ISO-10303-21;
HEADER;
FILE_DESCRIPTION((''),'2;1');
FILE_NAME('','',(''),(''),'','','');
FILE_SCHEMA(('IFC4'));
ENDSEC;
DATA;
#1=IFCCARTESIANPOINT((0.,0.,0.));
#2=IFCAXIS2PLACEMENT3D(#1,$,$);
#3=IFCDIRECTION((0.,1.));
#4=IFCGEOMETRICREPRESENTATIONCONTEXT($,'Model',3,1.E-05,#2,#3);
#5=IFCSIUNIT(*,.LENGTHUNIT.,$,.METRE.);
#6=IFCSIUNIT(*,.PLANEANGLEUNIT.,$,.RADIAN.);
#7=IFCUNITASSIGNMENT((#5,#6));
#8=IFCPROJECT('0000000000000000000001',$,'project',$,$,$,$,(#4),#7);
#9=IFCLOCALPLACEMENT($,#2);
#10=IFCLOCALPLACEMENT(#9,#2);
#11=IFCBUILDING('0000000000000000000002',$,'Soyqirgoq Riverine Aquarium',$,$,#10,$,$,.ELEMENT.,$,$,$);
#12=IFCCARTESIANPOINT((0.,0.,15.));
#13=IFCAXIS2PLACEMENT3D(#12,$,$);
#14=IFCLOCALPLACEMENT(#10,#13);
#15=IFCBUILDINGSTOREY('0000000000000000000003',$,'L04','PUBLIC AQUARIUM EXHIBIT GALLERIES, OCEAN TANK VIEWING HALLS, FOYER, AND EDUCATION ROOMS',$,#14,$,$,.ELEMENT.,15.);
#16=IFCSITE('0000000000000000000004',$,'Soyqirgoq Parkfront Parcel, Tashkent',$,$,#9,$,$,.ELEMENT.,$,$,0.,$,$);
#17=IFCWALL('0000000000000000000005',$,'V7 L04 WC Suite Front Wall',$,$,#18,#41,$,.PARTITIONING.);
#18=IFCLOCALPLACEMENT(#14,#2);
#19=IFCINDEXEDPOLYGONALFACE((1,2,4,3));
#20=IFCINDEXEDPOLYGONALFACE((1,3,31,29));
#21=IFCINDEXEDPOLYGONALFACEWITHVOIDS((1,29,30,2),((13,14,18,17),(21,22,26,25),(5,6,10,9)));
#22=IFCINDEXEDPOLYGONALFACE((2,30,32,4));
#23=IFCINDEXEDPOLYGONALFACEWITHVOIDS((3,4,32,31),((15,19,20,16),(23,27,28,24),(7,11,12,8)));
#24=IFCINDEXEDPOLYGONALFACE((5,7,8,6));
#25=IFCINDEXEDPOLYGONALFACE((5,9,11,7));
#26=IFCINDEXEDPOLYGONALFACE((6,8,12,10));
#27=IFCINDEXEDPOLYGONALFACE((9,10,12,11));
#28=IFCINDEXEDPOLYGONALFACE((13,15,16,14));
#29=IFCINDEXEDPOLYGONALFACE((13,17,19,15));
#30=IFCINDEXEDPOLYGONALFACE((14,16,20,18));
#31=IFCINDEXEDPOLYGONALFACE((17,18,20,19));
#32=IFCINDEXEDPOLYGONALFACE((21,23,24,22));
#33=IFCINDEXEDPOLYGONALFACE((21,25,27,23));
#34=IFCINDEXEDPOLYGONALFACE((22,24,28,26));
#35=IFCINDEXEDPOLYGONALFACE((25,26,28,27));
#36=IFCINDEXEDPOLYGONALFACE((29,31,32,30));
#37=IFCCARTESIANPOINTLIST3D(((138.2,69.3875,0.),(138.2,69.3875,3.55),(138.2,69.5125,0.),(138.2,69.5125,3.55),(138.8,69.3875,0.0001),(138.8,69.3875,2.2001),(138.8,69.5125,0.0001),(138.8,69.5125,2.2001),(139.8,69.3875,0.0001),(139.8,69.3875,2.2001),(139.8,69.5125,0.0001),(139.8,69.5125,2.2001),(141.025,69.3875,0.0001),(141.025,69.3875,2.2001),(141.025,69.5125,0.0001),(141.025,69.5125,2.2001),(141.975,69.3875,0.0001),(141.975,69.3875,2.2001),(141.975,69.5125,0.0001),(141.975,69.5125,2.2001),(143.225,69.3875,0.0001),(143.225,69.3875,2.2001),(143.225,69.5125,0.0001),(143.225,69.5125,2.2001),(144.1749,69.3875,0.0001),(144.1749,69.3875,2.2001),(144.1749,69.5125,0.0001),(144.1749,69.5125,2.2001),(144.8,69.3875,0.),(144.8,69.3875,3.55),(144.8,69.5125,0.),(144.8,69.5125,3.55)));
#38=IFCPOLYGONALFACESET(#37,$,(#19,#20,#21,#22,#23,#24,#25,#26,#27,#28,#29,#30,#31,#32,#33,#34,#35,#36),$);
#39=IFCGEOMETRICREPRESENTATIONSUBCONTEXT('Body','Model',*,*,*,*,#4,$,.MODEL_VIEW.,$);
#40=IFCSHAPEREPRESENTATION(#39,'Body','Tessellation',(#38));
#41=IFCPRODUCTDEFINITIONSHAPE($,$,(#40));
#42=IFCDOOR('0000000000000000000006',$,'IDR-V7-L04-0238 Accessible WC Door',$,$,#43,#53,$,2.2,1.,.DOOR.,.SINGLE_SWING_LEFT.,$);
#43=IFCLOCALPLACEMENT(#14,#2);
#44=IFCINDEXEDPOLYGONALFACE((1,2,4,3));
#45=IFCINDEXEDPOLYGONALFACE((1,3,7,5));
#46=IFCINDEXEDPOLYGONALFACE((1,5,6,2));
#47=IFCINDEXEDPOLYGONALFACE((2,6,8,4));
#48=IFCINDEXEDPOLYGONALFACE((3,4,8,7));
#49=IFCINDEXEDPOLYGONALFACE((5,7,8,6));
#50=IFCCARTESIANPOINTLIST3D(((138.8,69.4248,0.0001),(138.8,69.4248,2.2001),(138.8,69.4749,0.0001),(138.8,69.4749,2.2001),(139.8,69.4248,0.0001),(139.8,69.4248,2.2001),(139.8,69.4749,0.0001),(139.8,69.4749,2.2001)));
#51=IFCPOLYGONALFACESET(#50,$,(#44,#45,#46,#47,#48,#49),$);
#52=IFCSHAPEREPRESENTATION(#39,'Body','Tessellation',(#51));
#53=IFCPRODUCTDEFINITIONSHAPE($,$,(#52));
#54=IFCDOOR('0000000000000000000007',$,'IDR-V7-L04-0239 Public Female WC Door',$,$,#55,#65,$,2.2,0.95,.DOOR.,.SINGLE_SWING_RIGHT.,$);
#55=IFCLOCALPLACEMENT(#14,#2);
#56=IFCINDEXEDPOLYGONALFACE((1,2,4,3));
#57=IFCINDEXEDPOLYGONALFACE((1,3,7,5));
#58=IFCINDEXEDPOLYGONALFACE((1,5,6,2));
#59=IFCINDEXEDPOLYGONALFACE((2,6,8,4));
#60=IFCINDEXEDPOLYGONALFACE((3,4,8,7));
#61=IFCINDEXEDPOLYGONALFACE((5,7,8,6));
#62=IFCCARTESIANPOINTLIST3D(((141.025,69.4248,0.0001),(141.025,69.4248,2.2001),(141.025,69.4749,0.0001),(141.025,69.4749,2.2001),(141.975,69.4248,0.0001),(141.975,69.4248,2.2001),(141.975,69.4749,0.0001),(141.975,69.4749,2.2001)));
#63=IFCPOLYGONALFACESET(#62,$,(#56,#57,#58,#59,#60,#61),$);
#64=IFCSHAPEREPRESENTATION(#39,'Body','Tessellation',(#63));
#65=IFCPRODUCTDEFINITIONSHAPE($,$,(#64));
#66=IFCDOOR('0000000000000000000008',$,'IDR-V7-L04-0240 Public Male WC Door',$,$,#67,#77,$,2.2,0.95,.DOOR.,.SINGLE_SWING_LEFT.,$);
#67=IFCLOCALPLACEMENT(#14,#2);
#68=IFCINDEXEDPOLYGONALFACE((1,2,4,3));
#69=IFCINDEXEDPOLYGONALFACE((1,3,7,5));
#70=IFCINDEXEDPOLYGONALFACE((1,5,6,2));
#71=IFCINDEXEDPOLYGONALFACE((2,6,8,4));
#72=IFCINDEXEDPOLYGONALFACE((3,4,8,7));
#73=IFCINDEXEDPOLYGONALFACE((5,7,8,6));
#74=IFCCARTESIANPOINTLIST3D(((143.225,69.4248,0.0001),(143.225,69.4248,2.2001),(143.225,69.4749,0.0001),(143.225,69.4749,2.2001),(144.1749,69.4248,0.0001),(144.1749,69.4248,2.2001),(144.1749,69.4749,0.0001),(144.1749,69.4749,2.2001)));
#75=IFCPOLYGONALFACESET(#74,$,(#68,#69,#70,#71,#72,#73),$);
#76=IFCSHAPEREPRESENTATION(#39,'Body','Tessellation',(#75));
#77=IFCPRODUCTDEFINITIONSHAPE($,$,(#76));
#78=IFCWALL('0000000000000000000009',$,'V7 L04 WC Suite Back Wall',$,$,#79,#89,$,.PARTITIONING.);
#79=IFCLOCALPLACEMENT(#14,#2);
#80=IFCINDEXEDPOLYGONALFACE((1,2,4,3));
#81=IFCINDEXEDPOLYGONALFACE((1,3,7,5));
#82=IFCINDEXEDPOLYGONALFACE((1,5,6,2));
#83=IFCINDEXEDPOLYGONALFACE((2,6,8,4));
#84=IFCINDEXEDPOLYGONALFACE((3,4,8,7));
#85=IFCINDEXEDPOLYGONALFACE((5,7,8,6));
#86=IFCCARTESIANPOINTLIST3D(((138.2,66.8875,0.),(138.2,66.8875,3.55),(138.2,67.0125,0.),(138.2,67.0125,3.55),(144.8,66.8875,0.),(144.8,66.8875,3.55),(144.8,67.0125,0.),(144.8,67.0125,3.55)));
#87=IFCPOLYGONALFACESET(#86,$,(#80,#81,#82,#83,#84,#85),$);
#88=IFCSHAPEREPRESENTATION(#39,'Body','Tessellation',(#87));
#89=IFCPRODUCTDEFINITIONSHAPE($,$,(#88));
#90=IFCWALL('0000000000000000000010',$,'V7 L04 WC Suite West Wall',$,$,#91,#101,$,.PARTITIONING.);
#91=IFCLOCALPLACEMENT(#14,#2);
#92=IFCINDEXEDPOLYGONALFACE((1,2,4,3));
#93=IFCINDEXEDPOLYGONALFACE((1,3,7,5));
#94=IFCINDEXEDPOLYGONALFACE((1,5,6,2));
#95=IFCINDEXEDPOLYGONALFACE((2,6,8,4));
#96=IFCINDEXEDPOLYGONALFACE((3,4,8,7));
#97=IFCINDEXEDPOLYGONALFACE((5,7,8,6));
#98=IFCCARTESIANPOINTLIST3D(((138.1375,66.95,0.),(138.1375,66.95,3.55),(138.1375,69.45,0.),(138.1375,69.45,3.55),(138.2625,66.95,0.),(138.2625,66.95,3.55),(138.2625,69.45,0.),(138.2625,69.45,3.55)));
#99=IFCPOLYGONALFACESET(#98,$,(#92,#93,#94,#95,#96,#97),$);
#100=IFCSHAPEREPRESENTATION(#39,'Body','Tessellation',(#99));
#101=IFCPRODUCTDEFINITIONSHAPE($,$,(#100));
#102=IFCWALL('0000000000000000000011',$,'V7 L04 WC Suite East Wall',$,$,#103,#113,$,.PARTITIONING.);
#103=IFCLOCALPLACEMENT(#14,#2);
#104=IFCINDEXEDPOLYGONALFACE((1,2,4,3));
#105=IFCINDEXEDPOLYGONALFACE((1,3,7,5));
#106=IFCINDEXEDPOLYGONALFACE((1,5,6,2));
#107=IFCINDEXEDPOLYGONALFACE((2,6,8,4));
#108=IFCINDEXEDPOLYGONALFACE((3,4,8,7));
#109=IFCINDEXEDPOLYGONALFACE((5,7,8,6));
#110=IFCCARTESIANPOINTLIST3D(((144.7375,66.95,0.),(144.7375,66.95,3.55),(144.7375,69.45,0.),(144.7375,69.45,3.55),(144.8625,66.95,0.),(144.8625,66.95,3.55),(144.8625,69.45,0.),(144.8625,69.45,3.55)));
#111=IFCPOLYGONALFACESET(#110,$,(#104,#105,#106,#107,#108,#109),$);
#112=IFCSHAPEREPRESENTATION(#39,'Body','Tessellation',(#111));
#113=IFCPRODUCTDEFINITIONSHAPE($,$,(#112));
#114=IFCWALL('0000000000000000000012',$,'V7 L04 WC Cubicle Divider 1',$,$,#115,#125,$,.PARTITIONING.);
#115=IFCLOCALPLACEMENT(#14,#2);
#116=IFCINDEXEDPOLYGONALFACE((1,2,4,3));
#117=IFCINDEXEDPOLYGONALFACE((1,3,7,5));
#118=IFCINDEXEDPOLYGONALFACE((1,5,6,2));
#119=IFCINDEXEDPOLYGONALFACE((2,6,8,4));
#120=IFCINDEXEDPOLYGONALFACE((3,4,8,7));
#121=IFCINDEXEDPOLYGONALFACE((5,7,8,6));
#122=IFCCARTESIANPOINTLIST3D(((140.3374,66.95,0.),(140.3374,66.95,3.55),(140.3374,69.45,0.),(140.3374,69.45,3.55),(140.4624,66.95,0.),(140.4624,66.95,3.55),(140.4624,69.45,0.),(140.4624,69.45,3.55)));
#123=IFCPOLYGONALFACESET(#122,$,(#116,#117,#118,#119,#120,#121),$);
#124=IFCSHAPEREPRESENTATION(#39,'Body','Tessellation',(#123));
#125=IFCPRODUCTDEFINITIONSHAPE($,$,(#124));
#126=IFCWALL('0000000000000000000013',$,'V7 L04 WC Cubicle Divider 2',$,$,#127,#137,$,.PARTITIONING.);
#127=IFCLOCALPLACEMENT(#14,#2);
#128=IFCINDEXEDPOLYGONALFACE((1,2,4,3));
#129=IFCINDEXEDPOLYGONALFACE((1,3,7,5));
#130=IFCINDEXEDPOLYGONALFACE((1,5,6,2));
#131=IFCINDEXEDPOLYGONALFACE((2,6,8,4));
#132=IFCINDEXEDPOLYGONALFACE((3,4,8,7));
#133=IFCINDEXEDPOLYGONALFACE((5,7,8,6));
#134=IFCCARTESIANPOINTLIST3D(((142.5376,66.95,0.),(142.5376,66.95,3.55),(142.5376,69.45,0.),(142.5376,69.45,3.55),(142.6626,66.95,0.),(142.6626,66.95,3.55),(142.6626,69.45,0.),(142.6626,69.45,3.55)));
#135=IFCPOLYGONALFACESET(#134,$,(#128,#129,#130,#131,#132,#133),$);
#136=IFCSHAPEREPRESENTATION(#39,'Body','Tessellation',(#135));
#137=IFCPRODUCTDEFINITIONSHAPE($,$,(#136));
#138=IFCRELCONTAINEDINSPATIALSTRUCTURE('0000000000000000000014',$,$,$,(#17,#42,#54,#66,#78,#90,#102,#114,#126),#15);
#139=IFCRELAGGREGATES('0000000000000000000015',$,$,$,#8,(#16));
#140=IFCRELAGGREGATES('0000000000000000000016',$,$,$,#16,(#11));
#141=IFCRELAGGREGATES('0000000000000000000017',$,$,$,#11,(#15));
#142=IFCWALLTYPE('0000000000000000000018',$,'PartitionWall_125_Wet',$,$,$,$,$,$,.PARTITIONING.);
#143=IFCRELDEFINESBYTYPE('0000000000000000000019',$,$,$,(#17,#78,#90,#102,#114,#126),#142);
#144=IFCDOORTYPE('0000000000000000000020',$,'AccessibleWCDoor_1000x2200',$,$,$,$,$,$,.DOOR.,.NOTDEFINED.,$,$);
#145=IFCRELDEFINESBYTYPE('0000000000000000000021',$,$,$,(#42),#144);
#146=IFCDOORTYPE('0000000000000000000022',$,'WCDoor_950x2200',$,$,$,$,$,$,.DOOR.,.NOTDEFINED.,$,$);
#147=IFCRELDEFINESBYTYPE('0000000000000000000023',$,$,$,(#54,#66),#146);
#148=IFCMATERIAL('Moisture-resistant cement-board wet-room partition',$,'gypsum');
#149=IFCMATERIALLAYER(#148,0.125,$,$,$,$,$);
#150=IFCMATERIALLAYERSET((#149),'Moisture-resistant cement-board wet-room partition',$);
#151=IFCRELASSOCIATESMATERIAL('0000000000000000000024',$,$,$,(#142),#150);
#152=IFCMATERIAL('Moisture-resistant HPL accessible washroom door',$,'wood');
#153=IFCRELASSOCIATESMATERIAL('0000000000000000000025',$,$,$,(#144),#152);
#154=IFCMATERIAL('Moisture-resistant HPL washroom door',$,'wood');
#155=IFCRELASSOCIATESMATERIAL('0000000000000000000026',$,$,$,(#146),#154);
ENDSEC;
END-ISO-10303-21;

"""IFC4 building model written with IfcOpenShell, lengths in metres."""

from ifc_helpers import new_model, si_unit, direction, frame, frame_2d, origin, place, context, subcontext, project, spatial, rectangle, extrude, material, layer, layer_set, type_object, element, fill, save


model = new_model("IFC4")

# Units and contexts
model_context = context("Model", 3, precision=1e-05, world=origin(), true_north=direction((0.0, 1.0)))
body_context = subcontext(model_context, "Body", "Model", "MODEL_VIEW")
ifc_project = project(units=[si_unit("LENGTHUNIT", "METRE"), si_unit("PLANEANGLEUNIT", "RADIAN")], contexts=[model_context])

# Site, building, storey
site_placement = place(None, origin())
site = spatial("IfcSite", under=ifc_project, at=site_placement, Name="Soyqirgoq Parkfront Parcel, Tashkent", CompositionType="ELEMENT", RefElevation=0.0)
building_placement = place(site_placement, origin())
building = spatial("IfcBuilding", under=site, at=building_placement, Name="Soyqirgoq Riverine Aquarium", CompositionType="ELEMENT")
storey_placement = place(building_placement, frame((0.0, 0.0, 15.0)))
storey = spatial("IfcBuildingStorey", under=building, at=storey_placement, Name="L04", Description="PUBLIC AQUARIUM EXHIBIT GALLERIES, OCEAN TANK VIEWING HALLS, FOYER, AND EDUCATION ROOMS", CompositionType="ELEMENT", Elevation=15.0)

# Wall, openings, doors
ifc_material_1 = material(Name="Moisture-resistant cement-board wet-room partition", Category="gypsum")
ifc_layer_1 = layer(ifc_material_1, 0.125)
ifc_layer_set_1 = layer_set([ifc_layer_1], Name="Moisture-resistant cement-board wet-room partition")
wall_type_1 = type_object("IfcWallType", Name="PartitionWall_125_Wet", PredefinedType="PARTITIONING", material=ifc_layer_set_1)
wall_1_placement = place(storey_placement, frame((138.2, 69.45, 0.0), z_axis=(0.0, 0.0, 1.0), x_axis=(1.0, 0.0, 0.0)))
wall_1 = element("IfcWall", 1, at=wall_1_placement, inside=storey, type_object=wall_type_1, Name="V7 L04 WC Suite Front Wall", PredefinedType="PARTITIONING", context=body_context, shape_type="SweptSolid", body=[
    extrude(rectangle(XDim=6.6001, YDim=0.125, at=frame_2d((3.3, 0.0))), origin(), (0.0, 0.0, 1.0), 3.55),
])
opening_1_placement = place(wall_1_placement, frame((0.6001, 0.0, 0.0)))
opening_1 = element("IfcOpeningElement", 2, at=opening_1_placement, cuts=wall_1, PredefinedType="OPENING", context=body_context, shape_type="SweptSolid", body=[
    extrude(rectangle(XDim=1.0, YDim=2.2, at=frame_2d((0.5, 1.1001))), frame((0.0, 0.0725, 0.0), z_axis=(0.0, -1.0, 0.0), x_axis=(1.0, 0.0, 0.0)), (0.0, 0.0, 1.0), 0.145),
])
opening_2_placement = place(wall_1_placement, frame((2.825, 0.0, 0.0)))
opening_2 = element("IfcOpeningElement", 3, at=opening_2_placement, cuts=wall_1, PredefinedType="OPENING", context=body_context, shape_type="SweptSolid", body=[
    extrude(rectangle(XDim=0.95, YDim=2.2, at=frame_2d((0.4751, 1.1001))), frame((0.0, 0.0725, 0.0), z_axis=(0.0, -1.0, 0.0), x_axis=(1.0, 0.0, 0.0)), (0.0, 0.0, 1.0), 0.145),
])
opening_3_placement = place(wall_1_placement, frame((5.0249, 0.0, 0.0)))
opening_3 = element("IfcOpeningElement", 4, at=opening_3_placement, cuts=wall_1, PredefinedType="OPENING", context=body_context, shape_type="SweptSolid", body=[
    extrude(rectangle(XDim=0.95, YDim=2.2, at=frame_2d((0.4751, 1.1001))), frame((0.0, 0.0725, 0.0), z_axis=(0.0, -1.0, 0.0), x_axis=(1.0, 0.0, 0.0)), (0.0, 0.0, 1.0), 0.145),
])
ifc_material_2 = material(Name="Moisture-resistant HPL accessible washroom door", Category="wood")
door_type_1 = type_object("IfcDoorType", Name="AccessibleWCDoor_1000x2200", OperationType="NOTDEFINED", PredefinedType="DOOR", material=ifc_material_2)
door_1_placement = place(opening_1_placement, origin())
door_1 = element("IfcDoor", 5, at=door_1_placement, inside=storey, type_object=door_type_1, Name="IDR-V7-L04-0238 Accessible WC Door", OperationType="SINGLE_SWING_LEFT", OverallHeight=2.2, OverallWidth=1.0, PredefinedType="DOOR", context=body_context, shape_type="SweptSolid", body=[
    extrude(rectangle(XDim=1.0, YDim=2.2, at=frame_2d((0.5, 1.1001))), frame((0.0, 0.0249, 0.0), z_axis=(0.0, -1.0, 0.0), x_axis=(1.0, 0.0, 0.0)), (0.0, 0.0, 1.0), 0.05),
])
fill(opening_1, door_1)
ifc_material_3 = material(Name="Moisture-resistant HPL washroom door", Category="wood")
door_type_2 = type_object("IfcDoorType", Name="WCDoor_950x2200", OperationType="NOTDEFINED", PredefinedType="DOOR", material=ifc_material_3)
door_2_placement = place(opening_2_placement, origin())
door_2 = element("IfcDoor", 6, at=door_2_placement, inside=storey, type_object=door_type_2, Name="IDR-V7-L04-0239 Public Female WC Door", OperationType="SINGLE_SWING_RIGHT", OverallHeight=2.2, OverallWidth=0.95, PredefinedType="DOOR", context=body_context, shape_type="SweptSolid", body=[
    extrude(rectangle(XDim=0.95, YDim=2.2, at=frame_2d((0.4751, 1.1001))), frame((0.0, 0.0249, 0.0), z_axis=(0.0, -1.0, 0.0), x_axis=(1.0, 0.0, 0.0)), (0.0, 0.0, 1.0), 0.05),
])
fill(opening_2, door_2)
door_3_placement = place(opening_3_placement, origin())
door_3 = element("IfcDoor", 7, at=door_3_placement, inside=storey, type_object=door_type_2, Name="IDR-V7-L04-0240 Public Male WC Door", OperationType="SINGLE_SWING_LEFT", OverallHeight=2.2, OverallWidth=0.95, PredefinedType="DOOR", context=body_context, shape_type="SweptSolid", body=[
    extrude(rectangle(XDim=0.95, YDim=2.2, at=frame_2d((0.4751, 1.1001))), frame((0.0, 0.0249, 0.0), z_axis=(0.0, -1.0, 0.0), x_axis=(1.0, 0.0, 0.0)), (0.0, 0.0, 1.0), 0.05),
])
fill(opening_3, door_3)

# Walls
wall_2_placement = place(storey_placement, frame((138.2, 66.95, 0.0), z_axis=(0.0, 0.0, 1.0), x_axis=(1.0, 0.0, 0.0)))
element("IfcWall", 8, at=wall_2_placement, inside=storey, type_object=wall_type_1, Name="V7 L04 WC Suite Back Wall", PredefinedType="PARTITIONING", context=body_context, shape_type="SweptSolid", body=[
    extrude(rectangle(XDim=6.6001, YDim=0.125, at=frame_2d((3.3, 0.0))), origin(), (0.0, 0.0, 1.0), 3.55),
])
for number, where, z_axis, x_axis, name in (
    (9, (138.2, 66.95, 0.0), (0.0, 0.0, 1.0), (0.0, 1.0, 0.0), "V7 L04 WC Suite West Wall"),
    (10, (144.8, 66.95, 0.0), (0.0, 0.0, 1.0), (0.0, 1.0, 0.0), "V7 L04 WC Suite East Wall"),
    (11, (140.3999, 66.95, 0.0), (0.0, 0.0, 1.0), (0.0, 1.0, 0.0), "V7 L04 WC Cubicle Divider 1"),
    (12, (142.6001, 66.95, 0.0), (0.0, 0.0, 1.0), (0.0, 1.0, 0.0), "V7 L04 WC Cubicle Divider 2"),
):
    element("IfcWall", number, at=place(storey_placement, frame(where, z_axis=z_axis, x_axis=x_axis)), inside=storey, type_object=wall_type_1, Name=name, PredefinedType="PARTITIONING", context=body_context, shape_type="SweptSolid", body=[
        extrude(rectangle(XDim=2.5, YDim=0.125, at=frame_2d((1.25, 0.0))), origin(), (0.0, 0.0, 1.0), 3.55),
    ])

save(model, "model.ifc")
